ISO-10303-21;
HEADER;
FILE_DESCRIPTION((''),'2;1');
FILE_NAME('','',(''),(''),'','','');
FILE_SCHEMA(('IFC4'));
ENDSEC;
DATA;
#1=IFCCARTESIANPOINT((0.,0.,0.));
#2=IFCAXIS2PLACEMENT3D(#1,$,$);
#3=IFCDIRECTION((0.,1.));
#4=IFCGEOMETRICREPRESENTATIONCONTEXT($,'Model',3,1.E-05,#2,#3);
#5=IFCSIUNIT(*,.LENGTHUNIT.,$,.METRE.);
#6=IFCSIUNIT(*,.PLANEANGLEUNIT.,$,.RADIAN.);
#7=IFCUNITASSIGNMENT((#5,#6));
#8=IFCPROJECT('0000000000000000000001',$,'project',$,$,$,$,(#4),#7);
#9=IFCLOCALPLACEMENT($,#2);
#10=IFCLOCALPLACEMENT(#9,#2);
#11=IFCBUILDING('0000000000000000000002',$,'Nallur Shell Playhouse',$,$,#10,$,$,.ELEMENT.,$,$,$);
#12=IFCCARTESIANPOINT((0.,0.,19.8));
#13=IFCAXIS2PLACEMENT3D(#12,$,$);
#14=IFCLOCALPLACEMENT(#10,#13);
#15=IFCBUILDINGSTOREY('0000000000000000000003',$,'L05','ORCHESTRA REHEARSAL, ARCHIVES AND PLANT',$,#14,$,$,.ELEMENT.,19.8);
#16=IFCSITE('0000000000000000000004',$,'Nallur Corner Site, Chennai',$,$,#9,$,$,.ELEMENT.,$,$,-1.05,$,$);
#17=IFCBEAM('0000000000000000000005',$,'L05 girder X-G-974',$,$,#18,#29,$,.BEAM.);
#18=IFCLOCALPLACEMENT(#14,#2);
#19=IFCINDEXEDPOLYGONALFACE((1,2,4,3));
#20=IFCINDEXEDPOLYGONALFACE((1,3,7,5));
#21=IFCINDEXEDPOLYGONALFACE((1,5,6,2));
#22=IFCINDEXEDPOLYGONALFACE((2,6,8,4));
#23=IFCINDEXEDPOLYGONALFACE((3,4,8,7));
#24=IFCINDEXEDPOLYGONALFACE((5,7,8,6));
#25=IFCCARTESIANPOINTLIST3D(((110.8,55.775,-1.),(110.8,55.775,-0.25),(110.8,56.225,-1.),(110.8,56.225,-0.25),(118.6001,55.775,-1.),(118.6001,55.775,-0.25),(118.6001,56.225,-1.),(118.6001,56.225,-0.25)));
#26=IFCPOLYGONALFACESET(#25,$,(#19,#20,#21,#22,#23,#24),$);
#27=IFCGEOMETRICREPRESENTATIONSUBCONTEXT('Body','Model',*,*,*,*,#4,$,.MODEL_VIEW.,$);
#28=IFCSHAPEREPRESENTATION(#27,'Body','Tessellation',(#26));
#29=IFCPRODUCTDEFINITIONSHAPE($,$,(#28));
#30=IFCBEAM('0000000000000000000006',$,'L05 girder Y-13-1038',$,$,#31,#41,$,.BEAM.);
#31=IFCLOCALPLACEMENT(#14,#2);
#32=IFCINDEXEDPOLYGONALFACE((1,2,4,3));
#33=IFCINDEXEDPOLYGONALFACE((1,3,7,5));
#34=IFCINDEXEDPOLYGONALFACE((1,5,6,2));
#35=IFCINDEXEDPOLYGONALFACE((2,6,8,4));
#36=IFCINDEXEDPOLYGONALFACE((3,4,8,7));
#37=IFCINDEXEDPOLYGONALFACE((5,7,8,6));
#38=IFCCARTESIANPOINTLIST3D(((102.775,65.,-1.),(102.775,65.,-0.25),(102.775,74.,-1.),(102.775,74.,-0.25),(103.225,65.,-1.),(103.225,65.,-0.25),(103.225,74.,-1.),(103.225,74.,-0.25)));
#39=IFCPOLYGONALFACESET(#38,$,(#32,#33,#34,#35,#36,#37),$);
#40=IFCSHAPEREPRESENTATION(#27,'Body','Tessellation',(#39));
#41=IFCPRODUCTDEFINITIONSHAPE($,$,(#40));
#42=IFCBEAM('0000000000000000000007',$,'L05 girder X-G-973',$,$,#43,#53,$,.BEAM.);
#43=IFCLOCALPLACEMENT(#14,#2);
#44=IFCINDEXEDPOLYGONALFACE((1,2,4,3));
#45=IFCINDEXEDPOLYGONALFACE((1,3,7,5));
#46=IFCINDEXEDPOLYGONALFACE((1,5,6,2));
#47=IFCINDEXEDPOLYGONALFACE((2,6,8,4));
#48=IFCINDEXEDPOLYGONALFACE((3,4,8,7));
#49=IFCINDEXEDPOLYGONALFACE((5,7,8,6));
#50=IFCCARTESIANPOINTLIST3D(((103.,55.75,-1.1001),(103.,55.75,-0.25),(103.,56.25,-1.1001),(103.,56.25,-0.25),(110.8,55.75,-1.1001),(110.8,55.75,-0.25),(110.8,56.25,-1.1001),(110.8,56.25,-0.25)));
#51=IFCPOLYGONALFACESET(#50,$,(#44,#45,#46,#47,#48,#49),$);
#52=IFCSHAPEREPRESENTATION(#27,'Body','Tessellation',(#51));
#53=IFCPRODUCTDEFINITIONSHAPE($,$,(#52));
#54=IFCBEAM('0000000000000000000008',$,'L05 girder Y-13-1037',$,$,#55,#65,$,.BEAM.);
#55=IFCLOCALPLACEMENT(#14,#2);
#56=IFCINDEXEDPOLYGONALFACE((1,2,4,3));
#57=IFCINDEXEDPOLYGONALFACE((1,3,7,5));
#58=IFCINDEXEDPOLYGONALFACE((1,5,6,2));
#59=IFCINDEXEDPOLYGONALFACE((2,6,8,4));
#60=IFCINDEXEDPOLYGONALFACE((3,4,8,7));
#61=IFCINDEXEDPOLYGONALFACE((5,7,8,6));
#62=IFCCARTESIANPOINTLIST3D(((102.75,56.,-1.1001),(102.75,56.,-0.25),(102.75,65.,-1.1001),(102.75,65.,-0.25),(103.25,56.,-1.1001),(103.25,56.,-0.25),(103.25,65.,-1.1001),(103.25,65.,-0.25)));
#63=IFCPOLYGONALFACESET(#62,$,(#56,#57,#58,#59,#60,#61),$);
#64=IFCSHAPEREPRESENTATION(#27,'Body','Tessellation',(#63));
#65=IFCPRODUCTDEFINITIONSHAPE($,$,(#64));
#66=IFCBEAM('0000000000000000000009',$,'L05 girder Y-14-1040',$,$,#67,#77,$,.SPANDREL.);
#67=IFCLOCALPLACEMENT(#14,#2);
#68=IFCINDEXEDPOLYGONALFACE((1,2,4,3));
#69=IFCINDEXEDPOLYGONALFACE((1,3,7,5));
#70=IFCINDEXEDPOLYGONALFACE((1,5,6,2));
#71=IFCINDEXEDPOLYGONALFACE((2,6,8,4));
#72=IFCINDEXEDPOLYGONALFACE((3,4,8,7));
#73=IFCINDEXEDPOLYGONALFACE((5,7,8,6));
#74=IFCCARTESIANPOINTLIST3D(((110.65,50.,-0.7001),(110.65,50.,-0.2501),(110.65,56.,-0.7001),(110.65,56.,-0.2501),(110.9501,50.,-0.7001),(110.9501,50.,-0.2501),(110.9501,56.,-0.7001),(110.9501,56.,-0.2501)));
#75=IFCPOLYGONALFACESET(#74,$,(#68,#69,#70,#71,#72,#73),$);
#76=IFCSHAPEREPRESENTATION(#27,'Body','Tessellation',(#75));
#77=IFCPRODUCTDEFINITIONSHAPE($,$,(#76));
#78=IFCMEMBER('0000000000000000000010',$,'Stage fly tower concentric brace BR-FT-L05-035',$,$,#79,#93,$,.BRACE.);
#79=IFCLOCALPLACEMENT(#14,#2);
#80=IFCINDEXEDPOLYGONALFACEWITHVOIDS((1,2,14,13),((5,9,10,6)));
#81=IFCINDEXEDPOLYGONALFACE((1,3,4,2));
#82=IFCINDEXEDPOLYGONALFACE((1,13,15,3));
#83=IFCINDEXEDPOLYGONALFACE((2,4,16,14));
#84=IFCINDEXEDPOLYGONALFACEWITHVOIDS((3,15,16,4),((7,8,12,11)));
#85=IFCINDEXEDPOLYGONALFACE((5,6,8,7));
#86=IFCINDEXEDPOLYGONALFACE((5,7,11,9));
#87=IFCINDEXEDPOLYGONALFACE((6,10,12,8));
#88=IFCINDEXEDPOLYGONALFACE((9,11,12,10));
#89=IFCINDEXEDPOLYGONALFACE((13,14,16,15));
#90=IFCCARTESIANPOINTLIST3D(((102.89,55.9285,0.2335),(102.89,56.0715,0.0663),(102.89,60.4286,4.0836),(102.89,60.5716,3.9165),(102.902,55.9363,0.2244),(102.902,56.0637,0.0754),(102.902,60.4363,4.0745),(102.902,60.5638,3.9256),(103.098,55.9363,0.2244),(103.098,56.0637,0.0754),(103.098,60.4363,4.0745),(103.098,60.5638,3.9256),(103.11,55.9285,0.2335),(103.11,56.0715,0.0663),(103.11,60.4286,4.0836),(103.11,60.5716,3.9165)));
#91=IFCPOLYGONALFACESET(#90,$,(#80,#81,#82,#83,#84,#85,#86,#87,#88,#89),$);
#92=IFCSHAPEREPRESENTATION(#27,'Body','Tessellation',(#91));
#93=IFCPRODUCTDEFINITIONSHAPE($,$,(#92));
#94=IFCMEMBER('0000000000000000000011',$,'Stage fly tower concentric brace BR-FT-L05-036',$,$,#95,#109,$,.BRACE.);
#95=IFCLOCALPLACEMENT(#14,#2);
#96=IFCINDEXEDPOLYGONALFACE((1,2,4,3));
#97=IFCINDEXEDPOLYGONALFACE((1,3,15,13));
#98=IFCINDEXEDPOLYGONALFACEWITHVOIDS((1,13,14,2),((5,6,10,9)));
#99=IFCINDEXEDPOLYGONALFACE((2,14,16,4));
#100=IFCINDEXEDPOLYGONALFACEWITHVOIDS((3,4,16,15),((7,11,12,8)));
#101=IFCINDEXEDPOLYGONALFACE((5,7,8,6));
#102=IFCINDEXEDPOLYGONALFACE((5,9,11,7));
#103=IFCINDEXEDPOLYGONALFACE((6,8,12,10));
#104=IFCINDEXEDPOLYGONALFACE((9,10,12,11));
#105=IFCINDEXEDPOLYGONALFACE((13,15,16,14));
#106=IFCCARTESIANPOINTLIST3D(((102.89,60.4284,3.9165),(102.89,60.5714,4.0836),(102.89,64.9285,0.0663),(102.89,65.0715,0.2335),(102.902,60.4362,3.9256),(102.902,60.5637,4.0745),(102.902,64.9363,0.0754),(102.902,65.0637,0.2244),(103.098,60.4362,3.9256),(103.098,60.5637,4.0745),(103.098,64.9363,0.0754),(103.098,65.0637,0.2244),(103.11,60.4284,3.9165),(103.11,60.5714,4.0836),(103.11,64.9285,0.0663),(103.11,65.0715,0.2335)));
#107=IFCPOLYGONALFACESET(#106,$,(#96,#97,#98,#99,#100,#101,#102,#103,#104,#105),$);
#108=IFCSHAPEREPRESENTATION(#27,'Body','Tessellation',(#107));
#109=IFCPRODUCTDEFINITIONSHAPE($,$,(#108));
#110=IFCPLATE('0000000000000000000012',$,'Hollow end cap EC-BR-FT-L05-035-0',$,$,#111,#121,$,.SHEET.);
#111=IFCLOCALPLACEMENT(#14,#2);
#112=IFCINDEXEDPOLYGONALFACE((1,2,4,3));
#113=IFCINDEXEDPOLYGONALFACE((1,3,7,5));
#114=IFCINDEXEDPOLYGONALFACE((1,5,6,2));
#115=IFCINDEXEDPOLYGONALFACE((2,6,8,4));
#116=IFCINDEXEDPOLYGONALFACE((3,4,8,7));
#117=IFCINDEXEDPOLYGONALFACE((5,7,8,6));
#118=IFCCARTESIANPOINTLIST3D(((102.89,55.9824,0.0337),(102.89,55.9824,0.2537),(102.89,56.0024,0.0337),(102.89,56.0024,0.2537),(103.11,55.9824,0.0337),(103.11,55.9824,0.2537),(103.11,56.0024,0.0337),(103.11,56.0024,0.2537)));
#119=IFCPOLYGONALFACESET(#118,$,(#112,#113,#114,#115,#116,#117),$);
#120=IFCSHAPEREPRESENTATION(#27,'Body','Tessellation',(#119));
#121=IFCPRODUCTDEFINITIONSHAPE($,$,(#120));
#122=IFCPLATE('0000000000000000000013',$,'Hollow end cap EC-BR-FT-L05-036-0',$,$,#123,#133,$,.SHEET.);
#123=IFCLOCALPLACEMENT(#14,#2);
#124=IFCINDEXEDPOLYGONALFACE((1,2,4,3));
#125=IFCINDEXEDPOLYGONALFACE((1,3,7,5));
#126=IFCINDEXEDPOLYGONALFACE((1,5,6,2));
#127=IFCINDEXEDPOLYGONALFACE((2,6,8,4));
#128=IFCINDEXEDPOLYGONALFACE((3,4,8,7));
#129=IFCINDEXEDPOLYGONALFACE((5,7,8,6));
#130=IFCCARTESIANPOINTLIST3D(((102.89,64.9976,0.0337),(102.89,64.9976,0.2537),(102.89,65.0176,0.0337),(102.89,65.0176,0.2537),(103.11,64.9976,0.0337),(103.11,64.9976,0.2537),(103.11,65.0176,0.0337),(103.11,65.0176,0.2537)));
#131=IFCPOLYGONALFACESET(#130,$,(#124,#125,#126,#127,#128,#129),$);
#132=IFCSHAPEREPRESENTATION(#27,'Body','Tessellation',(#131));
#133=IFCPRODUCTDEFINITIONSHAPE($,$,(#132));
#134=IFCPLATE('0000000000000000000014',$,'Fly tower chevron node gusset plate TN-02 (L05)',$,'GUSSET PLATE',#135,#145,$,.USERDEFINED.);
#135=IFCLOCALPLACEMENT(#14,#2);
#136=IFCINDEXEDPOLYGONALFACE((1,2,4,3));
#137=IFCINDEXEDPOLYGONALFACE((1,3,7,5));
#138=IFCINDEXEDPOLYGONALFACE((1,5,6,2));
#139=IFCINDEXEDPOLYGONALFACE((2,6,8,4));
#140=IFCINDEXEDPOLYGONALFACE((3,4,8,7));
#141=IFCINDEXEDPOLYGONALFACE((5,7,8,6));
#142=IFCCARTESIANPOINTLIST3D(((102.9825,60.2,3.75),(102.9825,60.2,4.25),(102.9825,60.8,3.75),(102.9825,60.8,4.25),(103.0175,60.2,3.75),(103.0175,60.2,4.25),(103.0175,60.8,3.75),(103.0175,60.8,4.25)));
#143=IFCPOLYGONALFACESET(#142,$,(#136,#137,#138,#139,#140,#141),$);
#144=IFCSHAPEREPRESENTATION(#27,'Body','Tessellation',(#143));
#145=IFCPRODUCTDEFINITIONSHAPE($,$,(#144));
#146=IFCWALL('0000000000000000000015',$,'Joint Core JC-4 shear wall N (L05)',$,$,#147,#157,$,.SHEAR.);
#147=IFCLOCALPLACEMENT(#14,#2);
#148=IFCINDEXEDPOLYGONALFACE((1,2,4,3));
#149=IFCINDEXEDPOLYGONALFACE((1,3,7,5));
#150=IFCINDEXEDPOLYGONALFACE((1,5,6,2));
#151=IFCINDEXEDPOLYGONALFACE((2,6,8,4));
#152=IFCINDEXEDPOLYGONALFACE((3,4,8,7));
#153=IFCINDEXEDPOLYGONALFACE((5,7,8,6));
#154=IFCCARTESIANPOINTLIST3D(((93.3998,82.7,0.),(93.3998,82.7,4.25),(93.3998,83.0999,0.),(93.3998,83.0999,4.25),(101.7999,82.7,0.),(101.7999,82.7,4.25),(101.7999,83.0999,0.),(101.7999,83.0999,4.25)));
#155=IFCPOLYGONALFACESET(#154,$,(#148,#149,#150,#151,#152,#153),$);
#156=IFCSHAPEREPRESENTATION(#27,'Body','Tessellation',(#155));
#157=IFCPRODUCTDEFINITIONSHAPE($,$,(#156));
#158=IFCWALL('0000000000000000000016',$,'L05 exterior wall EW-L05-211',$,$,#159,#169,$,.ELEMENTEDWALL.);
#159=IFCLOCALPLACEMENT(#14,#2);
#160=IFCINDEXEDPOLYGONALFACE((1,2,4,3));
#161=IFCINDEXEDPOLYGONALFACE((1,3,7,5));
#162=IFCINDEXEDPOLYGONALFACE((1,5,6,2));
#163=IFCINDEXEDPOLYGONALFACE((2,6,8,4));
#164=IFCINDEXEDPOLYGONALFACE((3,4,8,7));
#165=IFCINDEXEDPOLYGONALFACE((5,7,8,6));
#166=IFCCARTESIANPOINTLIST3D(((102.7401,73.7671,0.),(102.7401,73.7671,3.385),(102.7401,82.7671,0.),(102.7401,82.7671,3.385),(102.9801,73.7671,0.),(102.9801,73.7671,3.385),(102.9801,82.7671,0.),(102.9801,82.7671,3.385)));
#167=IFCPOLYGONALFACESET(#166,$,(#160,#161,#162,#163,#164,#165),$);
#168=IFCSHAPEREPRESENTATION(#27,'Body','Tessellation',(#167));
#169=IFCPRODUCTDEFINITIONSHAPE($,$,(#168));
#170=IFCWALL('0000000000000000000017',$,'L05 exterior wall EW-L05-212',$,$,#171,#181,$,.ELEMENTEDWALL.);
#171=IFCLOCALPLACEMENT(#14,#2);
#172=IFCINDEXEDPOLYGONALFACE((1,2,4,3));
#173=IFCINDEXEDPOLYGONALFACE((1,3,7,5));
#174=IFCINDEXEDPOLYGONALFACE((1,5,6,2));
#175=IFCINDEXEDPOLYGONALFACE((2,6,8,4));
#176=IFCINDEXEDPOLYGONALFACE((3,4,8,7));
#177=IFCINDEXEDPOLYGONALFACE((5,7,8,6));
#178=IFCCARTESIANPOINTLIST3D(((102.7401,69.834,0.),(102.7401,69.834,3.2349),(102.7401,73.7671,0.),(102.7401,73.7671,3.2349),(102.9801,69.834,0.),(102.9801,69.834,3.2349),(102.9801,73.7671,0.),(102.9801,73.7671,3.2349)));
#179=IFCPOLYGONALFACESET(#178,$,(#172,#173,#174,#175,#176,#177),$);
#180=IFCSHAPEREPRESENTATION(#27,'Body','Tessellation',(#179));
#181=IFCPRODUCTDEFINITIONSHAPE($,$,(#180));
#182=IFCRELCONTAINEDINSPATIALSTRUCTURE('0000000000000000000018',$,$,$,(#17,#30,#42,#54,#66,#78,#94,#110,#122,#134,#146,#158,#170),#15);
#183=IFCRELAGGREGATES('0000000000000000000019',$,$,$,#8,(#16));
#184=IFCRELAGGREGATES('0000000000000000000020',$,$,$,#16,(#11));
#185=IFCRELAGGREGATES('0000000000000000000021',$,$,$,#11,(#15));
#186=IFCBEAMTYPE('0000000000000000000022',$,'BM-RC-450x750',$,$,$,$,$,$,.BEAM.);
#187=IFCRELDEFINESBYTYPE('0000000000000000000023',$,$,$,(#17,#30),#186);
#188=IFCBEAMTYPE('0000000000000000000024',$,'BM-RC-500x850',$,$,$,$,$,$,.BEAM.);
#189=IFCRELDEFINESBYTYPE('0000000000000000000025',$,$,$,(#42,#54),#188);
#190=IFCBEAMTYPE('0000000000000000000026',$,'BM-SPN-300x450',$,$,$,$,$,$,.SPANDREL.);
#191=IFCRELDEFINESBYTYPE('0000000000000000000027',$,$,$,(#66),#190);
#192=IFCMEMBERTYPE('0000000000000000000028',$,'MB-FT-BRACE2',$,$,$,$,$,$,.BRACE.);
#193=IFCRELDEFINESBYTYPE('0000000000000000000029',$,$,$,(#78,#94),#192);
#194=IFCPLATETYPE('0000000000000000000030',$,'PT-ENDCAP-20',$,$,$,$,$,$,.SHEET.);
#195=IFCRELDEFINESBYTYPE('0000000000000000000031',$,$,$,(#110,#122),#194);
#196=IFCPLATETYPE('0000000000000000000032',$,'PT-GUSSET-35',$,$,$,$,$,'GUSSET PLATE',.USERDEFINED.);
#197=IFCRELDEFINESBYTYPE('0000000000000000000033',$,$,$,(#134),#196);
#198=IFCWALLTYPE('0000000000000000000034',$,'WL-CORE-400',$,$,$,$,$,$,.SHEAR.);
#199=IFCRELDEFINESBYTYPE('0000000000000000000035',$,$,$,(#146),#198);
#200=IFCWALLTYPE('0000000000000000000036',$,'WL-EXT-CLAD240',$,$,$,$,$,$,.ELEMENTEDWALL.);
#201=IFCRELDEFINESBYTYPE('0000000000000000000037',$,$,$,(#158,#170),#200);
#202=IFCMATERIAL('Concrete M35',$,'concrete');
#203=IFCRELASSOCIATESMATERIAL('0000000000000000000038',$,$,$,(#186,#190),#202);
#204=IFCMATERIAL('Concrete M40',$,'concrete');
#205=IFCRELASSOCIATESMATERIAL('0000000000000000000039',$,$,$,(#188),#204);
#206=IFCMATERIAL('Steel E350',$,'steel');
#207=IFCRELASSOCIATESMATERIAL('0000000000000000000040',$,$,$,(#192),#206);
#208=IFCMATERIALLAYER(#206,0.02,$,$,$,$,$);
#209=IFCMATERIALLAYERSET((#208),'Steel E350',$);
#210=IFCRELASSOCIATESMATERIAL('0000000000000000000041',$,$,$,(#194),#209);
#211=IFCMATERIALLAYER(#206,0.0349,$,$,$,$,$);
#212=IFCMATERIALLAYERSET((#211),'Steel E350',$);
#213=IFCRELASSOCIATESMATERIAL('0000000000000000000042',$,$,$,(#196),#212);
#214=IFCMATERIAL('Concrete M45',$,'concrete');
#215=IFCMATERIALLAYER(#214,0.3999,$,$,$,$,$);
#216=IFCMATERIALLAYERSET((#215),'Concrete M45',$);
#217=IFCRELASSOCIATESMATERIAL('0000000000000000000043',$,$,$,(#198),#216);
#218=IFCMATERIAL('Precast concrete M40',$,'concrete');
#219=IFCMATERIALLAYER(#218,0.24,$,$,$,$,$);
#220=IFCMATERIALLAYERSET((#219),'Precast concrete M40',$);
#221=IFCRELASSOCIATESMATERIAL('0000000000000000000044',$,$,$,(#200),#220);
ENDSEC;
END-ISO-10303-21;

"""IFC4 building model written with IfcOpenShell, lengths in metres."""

from ifc_helpers import new_model, si_unit, direction, frame, frame_2d, origin, origin_2d, place, context, subcontext, project, spatial, rectangle, hollow_rectangle, extrude, material, layer, layer_set, material_profile, profile_set, type_object, element, save


model = new_model("IFC4")

# Units and contexts
model_context = context("Model", 3, precision=1e-05, world=origin(), true_north=direction((0.0, 1.0)))
body_context = subcontext(model_context, "Body", "Model", "MODEL_VIEW")
ifc_project = project(units=[si_unit("LENGTHUNIT", "METRE"), si_unit("PLANEANGLEUNIT", "RADIAN")], contexts=[model_context])

# Site, building, storey
site_placement = place(None, origin())
site = spatial("IfcSite", under=ifc_project, at=site_placement, Name="Nallur Corner Site, Chennai", CompositionType="ELEMENT", RefElevation=-1.05)
building_placement = place(site_placement, origin())
building = spatial("IfcBuilding", under=site, at=building_placement, Name="Nallur Shell Playhouse", CompositionType="ELEMENT")
storey_placement = place(building_placement, frame((0.0, 0.0, 19.8)))
storey = spatial("IfcBuildingStorey", under=building, at=storey_placement, Name="L05", Description="ORCHESTRA REHEARSAL, ARCHIVES AND PLANT", CompositionType="ELEMENT", Elevation=19.8)

# Shared definitions
ifc_material_1 = material(Name="Concrete M40", Category="concrete")
ifc_material_2 = material(Name="Steel E350", Category="steel")

# Beams
ifc_material_3 = material(Name="Concrete M35", Category="concrete")
ifc_material_profile_1 = material_profile(ifc_material_3, rectangle(XDim=0.45, YDim=0.75, at=origin_2d()), Name="RC 450x750")
ifc_profile_set_1 = profile_set([ifc_material_profile_1], Name="Concrete M35")
beam_type_1 = type_object("IfcBeamType", Name="BM-RC-450x750", PredefinedType="BEAM", material=ifc_profile_set_1)
beam_1_placement = place(storey_placement, frame((110.8, 56.0, -0.625), z_axis=(1.0, 0.0, 0.0), x_axis=(0.0, 1.0, 0.0)))
element("IfcBeam", 1, at=beam_1_placement, inside=storey, type_object=beam_type_1, Name="L05 girder X-G-974", PredefinedType="BEAM", context=body_context, shape_type="SweptSolid", body=[
    extrude(rectangle(XDim=0.45, YDim=0.75, at=origin_2d()), origin(), (0.0, 0.0, 1.0), 7.8),
])
beam_2_placement = place(storey_placement, frame((103.0, 65.0, -0.625), z_axis=(0.0, 1.0, 0.0), x_axis=(-1.0, 0.0, 0.0)))
element("IfcBeam", 2, at=beam_2_placement, inside=storey, type_object=beam_type_1, Name="L05 girder Y-13-1038", PredefinedType="BEAM", context=body_context, shape_type="SweptSolid", body=[
    extrude(rectangle(XDim=0.45, YDim=0.75, at=origin_2d()), origin(), (0.0, 0.0, 1.0), 9.0),
])
ifc_material_profile_2 = material_profile(ifc_material_1, rectangle(XDim=0.5, YDim=0.8501, at=origin_2d()), Name="RC 500x850")
ifc_profile_set_2 = profile_set([ifc_material_profile_2], Name="Concrete M40")
beam_type_2 = type_object("IfcBeamType", Name="BM-RC-500x850", PredefinedType="BEAM", material=ifc_profile_set_2)
beam_3_placement = place(storey_placement, frame((103.0, 56.0, -0.675), z_axis=(1.0, 0.0, 0.0), x_axis=(0.0, 1.0, 0.0)))
element("IfcBeam", 3, at=beam_3_placement, inside=storey, type_object=beam_type_2, Name="L05 girder X-G-973", PredefinedType="BEAM", context=body_context, shape_type="SweptSolid", body=[
    extrude(rectangle(XDim=0.5, YDim=0.8501, at=origin_2d()), origin(), (0.0, 0.0, 1.0), 7.8),
])
beam_4_placement = place(storey_placement, frame((103.0, 56.0, -0.675), z_axis=(0.0, 1.0, 0.0), x_axis=(-1.0, 0.0, 0.0)))
element("IfcBeam", 4, at=beam_4_placement, inside=storey, type_object=beam_type_2, Name="L05 girder Y-13-1037", PredefinedType="BEAM", context=body_context, shape_type="SweptSolid", body=[
    extrude(rectangle(XDim=0.5, YDim=0.8501, at=origin_2d()), origin(), (0.0, 0.0, 1.0), 9.0),
])
ifc_material_profile_3 = material_profile(ifc_material_3, rectangle(XDim=0.3, YDim=0.45, at=origin_2d()), Name="RC 300x450")
ifc_profile_set_3 = profile_set([ifc_material_profile_3], Name="Concrete M35")
beam_type_3 = type_object("IfcBeamType", Name="BM-SPN-300x450", PredefinedType="SPANDREL", material=ifc_profile_set_3)
beam_5_placement = place(storey_placement, frame((110.8, 50.0, -0.4751), z_axis=(0.0, 1.0, 0.0), x_axis=(-1.0, 0.0, 0.0)))
element("IfcBeam", 5, at=beam_5_placement, inside=storey, type_object=beam_type_3, Name="L05 girder Y-14-1040", PredefinedType="SPANDREL", context=body_context, shape_type="SweptSolid", body=[
    extrude(rectangle(XDim=0.3, YDim=0.45, at=origin_2d()), origin(), (0.0, 0.0, 1.0), 6.0),
])

# Members
ifc_material_profile_4 = material_profile(ifc_material_2, hollow_rectangle(XDim=0.22, YDim=0.22, WallThickness=0.012, at=origin_2d()), Name="SHS 220x220x12")
ifc_profile_set_4 = profile_set([ifc_material_profile_4], Name="Steel E350")
member_type = type_object("IfcMemberType", Name="MB-FT-BRACE2", PredefinedType="BRACE", material=ifc_profile_set_4)
for number, where, z_axis, x_axis, name in (
    (6, (103.0, 56.0, 0.1499), (0.0, 0.759844, 0.650105), (-1.0, 0.0, 0.0), "Stage fly tower concentric brace BR-FT-L05-035"),
    (7, (103.0, 65.0, 0.1499), (0.0, -0.759844, 0.650105), (1.0, 0.0, 0.0), "Stage fly tower concentric brace BR-FT-L05-036"),
):
    element("IfcMember", number, at=place(storey_placement, frame(where, z_axis=z_axis, x_axis=x_axis)), inside=storey, type_object=member_type, Name=name, PredefinedType="BRACE", context=body_context, shape_type="SweptSolid", body=[
        extrude(hollow_rectangle(XDim=0.22, YDim=0.22, WallThickness=0.012, at=origin_2d()), origin(), (0.0, 0.0, 1.0), 5.9224),
    ])

# Plates
ifc_layer_1 = layer(ifc_material_2, 0.02)
ifc_layer_set_1 = layer_set([ifc_layer_1], Name="Steel E350")
plate_type_1 = type_object("IfcPlateType", Name="PT-ENDCAP-20", PredefinedType="SHEET", material=ifc_layer_set_1)
for number, where, z_axis, x_axis, name in (
    (8, (103.0, 55.9924, 0.0337), (0.0, 0.0, 1.0), (1.0, 0.0, 0.0), "Hollow end cap EC-BR-FT-L05-035-0"),
    (9, (103.0, 65.0076, 0.0337), (0.0, 0.0, 1.0), (1.0, 0.0, 0.0), "Hollow end cap EC-BR-FT-L05-036-0"),
):
    element("IfcPlate", number, at=place(storey_placement, frame(where, z_axis=z_axis, x_axis=x_axis)), inside=storey, type_object=plate_type_1, Name=name, PredefinedType="SHEET", context=body_context, shape_type="SweptSolid", body=[
        extrude(rectangle(XDim=0.22, YDim=0.02, at=origin_2d()), origin(), (0.0, 0.0, 1.0), 0.22),
    ])
ifc_layer_2 = layer(ifc_material_2, 0.0349)
ifc_layer_set_2 = layer_set([ifc_layer_2], Name="Steel E350")
plate_type_2 = type_object("IfcPlateType", Name="PT-GUSSET-35", ElementType="GUSSET PLATE", PredefinedType="USERDEFINED", material=ifc_layer_set_2)
plate_placement = place(storey_placement, frame((103.0, 60.5, 3.75), z_axis=(0.0, 0.0, 1.0), x_axis=(1.0, 0.0, 0.0)))
element("IfcPlate", 10, at=plate_placement, inside=storey, type_object=plate_type_2, Name="Fly tower chevron node gusset plate TN-02 (L05)", ObjectType="GUSSET PLATE", PredefinedType="USERDEFINED", context=body_context, shape_type="SweptSolid", body=[
    extrude(rectangle(XDim=0.0349, YDim=0.6001, at=origin_2d()), origin(), (0.0, 0.0, 1.0), 0.5),
])

# Walls
ifc_material_4 = material(Name="Concrete M45", Category="concrete")
ifc_layer_3 = layer(ifc_material_4, 0.3999)
ifc_layer_set_3 = layer_set([ifc_layer_3], Name="Concrete M45")
wall_type_1 = type_object("IfcWallType", Name="WL-CORE-400", PredefinedType="SHEAR", material=ifc_layer_set_3)
wall_1_placement = place(storey_placement, frame((101.8, 82.8999, 0.0), z_axis=(0.0, 0.0, 1.0), x_axis=(-1.0, 0.0, 0.0)))
element("IfcWall", 11, at=wall_1_placement, inside=storey, type_object=wall_type_1, Name="Joint Core JC-4 shear wall N (L05)", PredefinedType="SHEAR", context=body_context, shape_type="SweptSolid", body=[
    extrude(rectangle(XDim=8.4001, YDim=0.3999, at=frame_2d((4.2002, 0.0))), origin(), (0.0, 0.0, 1.0), 4.25),
])
ifc_material_5 = material(Name="Precast concrete M40", Category="concrete")
ifc_layer_4 = layer(ifc_material_5, 0.24)
ifc_layer_set_4 = layer_set([ifc_layer_4], Name="Precast concrete M40")
wall_type_2 = type_object("IfcWallType", Name="WL-EXT-CLAD240", PredefinedType="ELEMENTEDWALL", material=ifc_layer_set_4)
wall_2_placement = place(storey_placement, frame((102.8601, 82.7671, 0.0), z_axis=(0.0, 0.0, 1.0), x_axis=(0.0, -1.0, 0.0)))
element("IfcWall", 12, at=wall_2_placement, inside=storey, type_object=wall_type_2, Name="L05 exterior wall EW-L05-211", PredefinedType="ELEMENTEDWALL", context=body_context, shape_type="SweptSolid", body=[
    extrude(rectangle(XDim=9.0, YDim=0.24, at=frame_2d((4.5, 0.0))), origin(), (0.0, 0.0, 1.0), 3.385),
])
wall_3_placement = place(storey_placement, frame((102.8601, 73.7671, 0.0), z_axis=(0.0, 0.0, 1.0), x_axis=(0.0, -1.0, 0.0)))
element("IfcWall", 13, at=wall_3_placement, inside=storey, type_object=wall_type_2, Name="L05 exterior wall EW-L05-212", PredefinedType="ELEMENTEDWALL", context=body_context, shape_type="SweptSolid", body=[
    extrude(rectangle(XDim=3.9331, YDim=0.24, at=frame_2d((1.9666, 0.0))), origin(), (0.0, 0.0, 1.0), 3.2349),
])

save(model, "model.ifc")
